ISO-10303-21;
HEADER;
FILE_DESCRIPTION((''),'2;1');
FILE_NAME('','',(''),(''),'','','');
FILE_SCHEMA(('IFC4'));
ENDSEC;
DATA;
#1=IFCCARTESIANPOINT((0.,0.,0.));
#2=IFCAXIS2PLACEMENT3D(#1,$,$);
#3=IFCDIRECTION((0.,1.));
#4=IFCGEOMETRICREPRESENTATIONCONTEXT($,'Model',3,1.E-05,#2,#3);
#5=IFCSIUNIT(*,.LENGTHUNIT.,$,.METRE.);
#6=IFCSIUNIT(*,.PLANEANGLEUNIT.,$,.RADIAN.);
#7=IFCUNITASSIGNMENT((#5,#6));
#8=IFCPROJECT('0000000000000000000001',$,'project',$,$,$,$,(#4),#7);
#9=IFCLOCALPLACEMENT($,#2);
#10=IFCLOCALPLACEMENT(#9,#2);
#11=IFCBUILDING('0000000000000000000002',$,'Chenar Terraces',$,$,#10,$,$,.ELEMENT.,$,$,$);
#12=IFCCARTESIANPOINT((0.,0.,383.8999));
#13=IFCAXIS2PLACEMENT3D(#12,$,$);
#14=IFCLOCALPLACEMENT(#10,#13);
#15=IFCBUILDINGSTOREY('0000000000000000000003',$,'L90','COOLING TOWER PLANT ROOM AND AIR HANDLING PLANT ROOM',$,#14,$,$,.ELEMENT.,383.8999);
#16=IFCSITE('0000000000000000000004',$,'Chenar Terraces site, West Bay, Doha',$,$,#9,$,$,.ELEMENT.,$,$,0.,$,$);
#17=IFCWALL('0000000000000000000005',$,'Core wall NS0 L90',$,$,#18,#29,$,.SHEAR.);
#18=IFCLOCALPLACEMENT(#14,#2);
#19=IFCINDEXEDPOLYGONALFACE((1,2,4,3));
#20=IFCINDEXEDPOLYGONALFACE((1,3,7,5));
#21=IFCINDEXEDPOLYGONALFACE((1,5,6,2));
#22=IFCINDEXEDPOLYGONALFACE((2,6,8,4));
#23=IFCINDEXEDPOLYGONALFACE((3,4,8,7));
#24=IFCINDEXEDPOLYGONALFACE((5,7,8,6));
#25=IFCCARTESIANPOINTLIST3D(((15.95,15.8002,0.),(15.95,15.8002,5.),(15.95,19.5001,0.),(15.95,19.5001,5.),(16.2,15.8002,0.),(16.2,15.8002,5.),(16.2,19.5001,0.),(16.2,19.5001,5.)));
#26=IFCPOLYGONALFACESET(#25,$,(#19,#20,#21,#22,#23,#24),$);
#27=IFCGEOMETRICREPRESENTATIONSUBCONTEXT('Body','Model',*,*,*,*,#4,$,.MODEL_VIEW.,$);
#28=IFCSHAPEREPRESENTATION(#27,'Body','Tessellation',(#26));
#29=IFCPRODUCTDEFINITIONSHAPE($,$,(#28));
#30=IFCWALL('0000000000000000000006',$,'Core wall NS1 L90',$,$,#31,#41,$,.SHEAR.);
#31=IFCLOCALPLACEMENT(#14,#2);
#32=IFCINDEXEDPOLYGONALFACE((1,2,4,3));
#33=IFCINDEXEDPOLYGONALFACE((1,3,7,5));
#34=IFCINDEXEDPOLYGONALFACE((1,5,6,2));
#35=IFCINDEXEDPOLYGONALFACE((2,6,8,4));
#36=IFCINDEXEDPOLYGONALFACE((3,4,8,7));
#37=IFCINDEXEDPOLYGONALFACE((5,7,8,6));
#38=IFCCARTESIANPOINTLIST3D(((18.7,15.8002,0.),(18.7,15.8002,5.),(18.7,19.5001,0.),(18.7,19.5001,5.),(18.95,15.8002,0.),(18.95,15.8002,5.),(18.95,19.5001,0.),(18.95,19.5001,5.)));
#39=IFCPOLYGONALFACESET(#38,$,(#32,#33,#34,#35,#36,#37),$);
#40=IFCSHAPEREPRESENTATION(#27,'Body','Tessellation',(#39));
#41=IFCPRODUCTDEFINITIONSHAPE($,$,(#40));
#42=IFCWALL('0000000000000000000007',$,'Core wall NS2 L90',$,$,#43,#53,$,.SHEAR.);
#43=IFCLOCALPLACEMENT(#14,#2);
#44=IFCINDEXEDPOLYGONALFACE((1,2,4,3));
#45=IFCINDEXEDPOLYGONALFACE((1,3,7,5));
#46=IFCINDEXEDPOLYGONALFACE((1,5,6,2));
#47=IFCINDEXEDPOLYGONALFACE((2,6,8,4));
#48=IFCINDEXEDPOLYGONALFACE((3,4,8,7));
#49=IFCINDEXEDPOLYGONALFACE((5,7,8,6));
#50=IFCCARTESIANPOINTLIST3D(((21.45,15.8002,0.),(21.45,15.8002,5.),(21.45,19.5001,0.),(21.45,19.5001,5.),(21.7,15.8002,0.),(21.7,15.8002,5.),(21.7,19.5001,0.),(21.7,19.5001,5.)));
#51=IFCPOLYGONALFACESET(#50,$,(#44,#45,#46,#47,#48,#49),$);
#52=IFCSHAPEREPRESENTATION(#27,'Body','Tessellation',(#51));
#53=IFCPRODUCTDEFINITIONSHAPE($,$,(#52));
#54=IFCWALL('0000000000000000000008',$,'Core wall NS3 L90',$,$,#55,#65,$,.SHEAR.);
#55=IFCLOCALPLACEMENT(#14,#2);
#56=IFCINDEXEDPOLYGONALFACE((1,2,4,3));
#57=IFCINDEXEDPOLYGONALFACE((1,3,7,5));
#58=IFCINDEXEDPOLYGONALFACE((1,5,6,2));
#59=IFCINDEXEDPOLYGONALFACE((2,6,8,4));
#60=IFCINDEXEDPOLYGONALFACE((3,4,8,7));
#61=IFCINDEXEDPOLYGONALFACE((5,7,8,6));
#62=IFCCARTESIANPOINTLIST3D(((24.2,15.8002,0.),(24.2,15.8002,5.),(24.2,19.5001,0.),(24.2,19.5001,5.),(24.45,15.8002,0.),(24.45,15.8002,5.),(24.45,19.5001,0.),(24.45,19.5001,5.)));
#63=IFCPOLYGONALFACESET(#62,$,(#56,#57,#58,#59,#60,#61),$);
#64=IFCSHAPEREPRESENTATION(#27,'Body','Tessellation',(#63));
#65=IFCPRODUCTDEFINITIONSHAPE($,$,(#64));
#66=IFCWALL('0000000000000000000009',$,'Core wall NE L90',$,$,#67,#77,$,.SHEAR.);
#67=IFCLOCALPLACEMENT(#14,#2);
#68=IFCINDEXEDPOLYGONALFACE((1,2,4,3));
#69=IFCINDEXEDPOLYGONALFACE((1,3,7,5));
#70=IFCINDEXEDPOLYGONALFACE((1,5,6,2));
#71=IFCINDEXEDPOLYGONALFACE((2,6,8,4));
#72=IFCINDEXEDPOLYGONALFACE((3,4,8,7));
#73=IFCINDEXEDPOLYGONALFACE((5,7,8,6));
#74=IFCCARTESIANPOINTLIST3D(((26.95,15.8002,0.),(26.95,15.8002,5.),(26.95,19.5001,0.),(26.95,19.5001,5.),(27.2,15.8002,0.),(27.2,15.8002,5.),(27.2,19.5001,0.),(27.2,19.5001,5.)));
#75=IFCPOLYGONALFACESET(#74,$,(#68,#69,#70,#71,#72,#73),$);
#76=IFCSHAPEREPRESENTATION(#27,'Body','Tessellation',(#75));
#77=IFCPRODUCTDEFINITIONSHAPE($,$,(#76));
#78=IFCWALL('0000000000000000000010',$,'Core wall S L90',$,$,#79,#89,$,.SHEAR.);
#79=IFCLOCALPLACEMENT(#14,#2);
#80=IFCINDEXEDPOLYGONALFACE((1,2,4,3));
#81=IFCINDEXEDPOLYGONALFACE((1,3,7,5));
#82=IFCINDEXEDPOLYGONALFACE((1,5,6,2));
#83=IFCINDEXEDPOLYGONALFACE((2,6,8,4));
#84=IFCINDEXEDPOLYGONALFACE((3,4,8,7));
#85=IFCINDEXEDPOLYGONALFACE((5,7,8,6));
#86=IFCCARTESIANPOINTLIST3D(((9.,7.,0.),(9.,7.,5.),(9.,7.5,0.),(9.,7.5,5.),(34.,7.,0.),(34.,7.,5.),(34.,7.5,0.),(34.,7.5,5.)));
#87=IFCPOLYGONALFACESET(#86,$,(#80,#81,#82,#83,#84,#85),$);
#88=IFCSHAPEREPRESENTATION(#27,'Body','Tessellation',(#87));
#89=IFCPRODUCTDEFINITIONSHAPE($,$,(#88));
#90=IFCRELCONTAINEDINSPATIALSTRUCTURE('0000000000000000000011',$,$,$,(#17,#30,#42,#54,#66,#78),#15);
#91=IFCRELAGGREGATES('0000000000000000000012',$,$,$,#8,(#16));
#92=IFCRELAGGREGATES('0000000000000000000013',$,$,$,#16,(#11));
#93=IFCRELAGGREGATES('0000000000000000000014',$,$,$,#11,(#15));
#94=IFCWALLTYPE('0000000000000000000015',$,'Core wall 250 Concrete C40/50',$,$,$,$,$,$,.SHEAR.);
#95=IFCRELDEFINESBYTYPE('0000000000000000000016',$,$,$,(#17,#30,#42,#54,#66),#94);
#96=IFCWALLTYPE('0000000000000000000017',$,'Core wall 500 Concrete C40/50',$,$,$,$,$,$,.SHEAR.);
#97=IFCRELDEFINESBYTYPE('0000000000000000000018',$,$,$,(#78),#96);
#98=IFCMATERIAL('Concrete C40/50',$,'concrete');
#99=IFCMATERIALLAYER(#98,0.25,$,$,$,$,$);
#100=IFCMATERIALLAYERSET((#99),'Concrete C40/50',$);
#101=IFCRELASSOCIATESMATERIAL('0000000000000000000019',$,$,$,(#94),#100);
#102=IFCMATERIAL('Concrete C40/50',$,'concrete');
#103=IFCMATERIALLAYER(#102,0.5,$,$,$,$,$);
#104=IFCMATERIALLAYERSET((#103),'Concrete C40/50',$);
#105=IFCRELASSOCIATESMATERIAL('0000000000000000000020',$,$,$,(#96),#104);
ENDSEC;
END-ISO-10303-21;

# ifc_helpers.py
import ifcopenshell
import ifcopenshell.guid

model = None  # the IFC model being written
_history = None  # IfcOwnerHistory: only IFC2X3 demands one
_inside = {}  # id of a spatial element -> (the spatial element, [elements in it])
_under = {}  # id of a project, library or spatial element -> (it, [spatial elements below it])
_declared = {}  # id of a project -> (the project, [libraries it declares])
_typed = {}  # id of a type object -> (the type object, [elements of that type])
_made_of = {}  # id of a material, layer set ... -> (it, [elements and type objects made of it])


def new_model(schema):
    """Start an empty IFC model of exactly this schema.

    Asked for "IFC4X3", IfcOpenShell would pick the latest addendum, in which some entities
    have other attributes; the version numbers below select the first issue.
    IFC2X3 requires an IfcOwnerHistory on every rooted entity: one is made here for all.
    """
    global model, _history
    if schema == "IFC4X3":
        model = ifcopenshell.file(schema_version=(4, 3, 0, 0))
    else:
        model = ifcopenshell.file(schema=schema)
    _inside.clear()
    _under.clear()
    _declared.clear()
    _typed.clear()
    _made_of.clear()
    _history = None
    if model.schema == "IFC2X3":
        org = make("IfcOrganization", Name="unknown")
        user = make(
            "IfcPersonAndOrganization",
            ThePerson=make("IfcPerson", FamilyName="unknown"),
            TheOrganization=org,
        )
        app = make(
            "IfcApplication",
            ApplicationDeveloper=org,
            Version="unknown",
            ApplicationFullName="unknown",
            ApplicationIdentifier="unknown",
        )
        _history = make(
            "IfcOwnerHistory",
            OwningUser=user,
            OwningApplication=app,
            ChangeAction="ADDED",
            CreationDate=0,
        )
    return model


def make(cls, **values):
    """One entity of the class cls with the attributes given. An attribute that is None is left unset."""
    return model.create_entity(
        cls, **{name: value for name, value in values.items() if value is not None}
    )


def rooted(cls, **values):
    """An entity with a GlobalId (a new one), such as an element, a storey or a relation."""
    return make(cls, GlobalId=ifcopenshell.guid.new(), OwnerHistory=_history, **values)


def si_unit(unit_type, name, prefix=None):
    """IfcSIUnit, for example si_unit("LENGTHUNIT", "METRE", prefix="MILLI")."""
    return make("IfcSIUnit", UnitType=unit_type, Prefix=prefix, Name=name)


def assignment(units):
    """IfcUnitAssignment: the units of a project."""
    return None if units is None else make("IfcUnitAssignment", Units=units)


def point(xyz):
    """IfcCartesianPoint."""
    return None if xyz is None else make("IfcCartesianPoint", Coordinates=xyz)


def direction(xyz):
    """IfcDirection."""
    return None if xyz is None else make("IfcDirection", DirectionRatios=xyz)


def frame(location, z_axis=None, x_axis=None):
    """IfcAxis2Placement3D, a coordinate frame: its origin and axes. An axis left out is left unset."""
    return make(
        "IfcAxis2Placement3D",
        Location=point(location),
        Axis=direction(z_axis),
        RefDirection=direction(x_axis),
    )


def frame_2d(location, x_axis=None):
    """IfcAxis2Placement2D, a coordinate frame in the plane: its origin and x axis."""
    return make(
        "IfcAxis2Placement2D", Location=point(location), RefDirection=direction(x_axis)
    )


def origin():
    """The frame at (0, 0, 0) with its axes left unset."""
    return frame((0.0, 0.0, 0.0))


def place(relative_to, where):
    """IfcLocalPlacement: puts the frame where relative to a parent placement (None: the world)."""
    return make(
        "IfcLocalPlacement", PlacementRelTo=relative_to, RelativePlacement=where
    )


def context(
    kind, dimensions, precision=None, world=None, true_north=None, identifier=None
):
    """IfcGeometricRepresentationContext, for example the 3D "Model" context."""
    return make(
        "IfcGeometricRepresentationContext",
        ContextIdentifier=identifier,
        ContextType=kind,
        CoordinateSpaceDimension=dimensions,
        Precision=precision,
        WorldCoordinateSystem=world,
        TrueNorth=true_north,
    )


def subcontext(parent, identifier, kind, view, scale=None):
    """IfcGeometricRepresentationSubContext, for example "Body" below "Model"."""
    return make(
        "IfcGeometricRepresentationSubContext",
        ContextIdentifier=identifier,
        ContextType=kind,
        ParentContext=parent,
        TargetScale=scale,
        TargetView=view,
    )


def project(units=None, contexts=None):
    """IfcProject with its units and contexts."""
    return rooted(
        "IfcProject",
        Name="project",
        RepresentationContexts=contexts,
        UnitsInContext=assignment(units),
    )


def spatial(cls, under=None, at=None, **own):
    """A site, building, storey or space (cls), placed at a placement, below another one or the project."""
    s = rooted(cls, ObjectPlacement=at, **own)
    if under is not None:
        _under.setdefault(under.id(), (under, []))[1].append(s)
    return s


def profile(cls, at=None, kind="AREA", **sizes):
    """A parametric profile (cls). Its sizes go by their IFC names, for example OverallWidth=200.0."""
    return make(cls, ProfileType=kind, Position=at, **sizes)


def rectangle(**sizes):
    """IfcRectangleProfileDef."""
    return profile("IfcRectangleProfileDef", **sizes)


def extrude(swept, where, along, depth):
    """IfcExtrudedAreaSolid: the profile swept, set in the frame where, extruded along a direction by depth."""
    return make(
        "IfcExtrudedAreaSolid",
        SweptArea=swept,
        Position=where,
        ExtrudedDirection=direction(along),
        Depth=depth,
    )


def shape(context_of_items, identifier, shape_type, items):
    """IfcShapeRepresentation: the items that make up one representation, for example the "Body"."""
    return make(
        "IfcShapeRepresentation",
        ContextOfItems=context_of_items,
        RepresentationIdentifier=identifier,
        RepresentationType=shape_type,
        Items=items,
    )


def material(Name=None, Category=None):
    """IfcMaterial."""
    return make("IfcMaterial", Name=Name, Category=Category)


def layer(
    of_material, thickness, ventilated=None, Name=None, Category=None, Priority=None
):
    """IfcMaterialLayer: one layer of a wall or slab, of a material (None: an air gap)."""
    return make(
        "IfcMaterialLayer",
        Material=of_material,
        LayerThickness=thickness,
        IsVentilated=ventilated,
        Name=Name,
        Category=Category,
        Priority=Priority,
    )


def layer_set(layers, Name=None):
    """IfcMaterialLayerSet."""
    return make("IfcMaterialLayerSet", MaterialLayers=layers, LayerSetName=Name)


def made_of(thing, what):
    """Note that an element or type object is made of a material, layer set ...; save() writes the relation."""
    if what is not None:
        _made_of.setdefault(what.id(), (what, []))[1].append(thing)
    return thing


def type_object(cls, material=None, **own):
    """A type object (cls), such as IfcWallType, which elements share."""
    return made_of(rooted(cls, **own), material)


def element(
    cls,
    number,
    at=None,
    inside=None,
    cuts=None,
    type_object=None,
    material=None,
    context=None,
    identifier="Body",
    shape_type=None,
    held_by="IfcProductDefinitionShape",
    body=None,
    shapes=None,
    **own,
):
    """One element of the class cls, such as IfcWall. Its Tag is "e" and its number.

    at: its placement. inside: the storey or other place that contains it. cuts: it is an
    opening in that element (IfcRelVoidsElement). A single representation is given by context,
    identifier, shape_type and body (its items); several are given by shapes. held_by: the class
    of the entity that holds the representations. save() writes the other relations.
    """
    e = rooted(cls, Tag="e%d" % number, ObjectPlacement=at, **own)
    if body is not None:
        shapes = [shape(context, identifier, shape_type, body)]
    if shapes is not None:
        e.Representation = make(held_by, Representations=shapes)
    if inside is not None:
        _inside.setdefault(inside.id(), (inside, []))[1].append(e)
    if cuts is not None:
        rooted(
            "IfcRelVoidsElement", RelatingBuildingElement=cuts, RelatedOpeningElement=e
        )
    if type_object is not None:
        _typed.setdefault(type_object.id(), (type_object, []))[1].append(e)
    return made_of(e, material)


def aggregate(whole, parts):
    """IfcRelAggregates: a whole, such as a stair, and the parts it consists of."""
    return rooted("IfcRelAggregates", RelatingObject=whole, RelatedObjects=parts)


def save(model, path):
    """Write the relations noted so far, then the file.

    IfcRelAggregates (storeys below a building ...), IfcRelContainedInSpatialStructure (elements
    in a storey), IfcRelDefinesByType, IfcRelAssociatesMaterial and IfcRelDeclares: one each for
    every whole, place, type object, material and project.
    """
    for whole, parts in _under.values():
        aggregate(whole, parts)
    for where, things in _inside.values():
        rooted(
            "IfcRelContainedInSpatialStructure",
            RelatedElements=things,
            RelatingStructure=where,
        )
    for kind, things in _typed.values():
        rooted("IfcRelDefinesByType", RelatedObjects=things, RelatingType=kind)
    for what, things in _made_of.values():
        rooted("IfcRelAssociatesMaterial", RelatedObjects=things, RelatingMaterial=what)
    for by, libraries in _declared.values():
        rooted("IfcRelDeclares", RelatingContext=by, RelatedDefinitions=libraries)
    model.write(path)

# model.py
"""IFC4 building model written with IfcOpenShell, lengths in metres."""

from ifc_helpers import new_model, si_unit, direction, frame, frame_2d, origin, place, context, subcontext, project, spatial, rectangle, extrude, material, layer, layer_set, type_object, element, save


model = new_model("IFC4")

# Units and contexts
model_context = context("Model", 3, precision=1e-05, world=origin(), true_north=direction((0.0, 1.0)))
body_context = subcontext(model_context, "Body", "Model", "MODEL_VIEW")
ifc_project = project(units=[si_unit("LENGTHUNIT", "METRE"), si_unit("PLANEANGLEUNIT", "RADIAN")], contexts=[model_context])

# Site, building, storey
site_placement = place(None, origin())
site = spatial("IfcSite", under=ifc_project, at=site_placement, Name="Chenar Terraces site, West Bay, Doha", CompositionType="ELEMENT", RefElevation=0.0)
building_placement = place(site_placement, origin())
building = spatial("IfcBuilding", under=site, at=building_placement, Name="Chenar Terraces", CompositionType="ELEMENT")
storey_placement = place(building_placement, frame((0.0, 0.0, 383.8999)))
storey = spatial("IfcBuildingStorey", under=building, at=storey_placement, Name="L90", Description="COOLING TOWER PLANT ROOM AND AIR HANDLING PLANT ROOM", CompositionType="ELEMENT", Elevation=383.8999)

# Shared definitions
ifc_material_1 = material(Name="Concrete C40/50", Category="concrete")
ifc_layer_1 = layer(ifc_material_1, 0.25)
ifc_layer_set_1 = layer_set([ifc_layer_1], Name="Concrete C40/50")
wall_type_1 = type_object("IfcWallType", Name="Core wall 250 Concrete C40/50", PredefinedType="SHEAR", material=ifc_layer_set_1)

# Walls
for number, where, z_axis, x_axis, name in (
    (1, (16.075, 15.8, 0.0), (0.0, 0.0, 1.0), (0.0, 1.0, 0.0), "Core wall NS0 L90"),
    (2, (18.825, 15.8, 0.0), (0.0, 0.0, 1.0), (0.0, 1.0, 0.0), "Core wall NS1 L90"),
    (3, (21.575, 15.8, 0.0), (0.0, 0.0, 1.0), (0.0, 1.0, 0.0), "Core wall NS2 L90"),
    (4, (24.325, 15.8, 0.0), (0.0, 0.0, 1.0), (0.0, 1.0, 0.0), "Core wall NS3 L90"),
    (5, (27.075, 15.8, 0.0), (0.0, 0.0, 1.0), (0.0, 1.0, 0.0), "Core wall NE L90"),
):
    element("IfcWall", number, at=place(storey_placement, frame(where, z_axis=z_axis, x_axis=x_axis)), inside=storey, type_object=wall_type_1, Name=name, PredefinedType="SHEAR", context=body_context, shape_type="SweptSolid", body=[
        extrude(rectangle(XDim=3.7, YDim=0.25, at=frame_2d((1.8501, 0.0))), origin(), (0.0, 0.0, 1.0), 5.0),
    ])
ifc_material_2 = material(Name="Concrete C40/50", Category="concrete")
ifc_layer_2 = layer(ifc_material_2, 0.5)
ifc_layer_set_2 = layer_set([ifc_layer_2], Name="Concrete C40/50")
wall_type_2 = type_object("IfcWallType", Name="Core wall 500 Concrete C40/50", PredefinedType="SHEAR", material=ifc_layer_set_2)
wall_1_placement = place(storey_placement, frame((9.0, 7.25, 0.0), z_axis=(0.0, 0.0, 1.0), x_axis=(1.0, 0.0, 0.0)))
element("IfcWall", 6, at=wall_1_placement, inside=storey, type_object=wall_type_2, Name="Core wall S L90", PredefinedType="SHEAR", context=body_context, shape_type="SweptSolid", body=[
    extrude(rectangle(XDim=25.0, YDim=0.5, at=frame_2d((12.5, 0.0))), origin(), (0.0, 0.0, 1.0), 5.0),
])

save(model, "model.ifc")
